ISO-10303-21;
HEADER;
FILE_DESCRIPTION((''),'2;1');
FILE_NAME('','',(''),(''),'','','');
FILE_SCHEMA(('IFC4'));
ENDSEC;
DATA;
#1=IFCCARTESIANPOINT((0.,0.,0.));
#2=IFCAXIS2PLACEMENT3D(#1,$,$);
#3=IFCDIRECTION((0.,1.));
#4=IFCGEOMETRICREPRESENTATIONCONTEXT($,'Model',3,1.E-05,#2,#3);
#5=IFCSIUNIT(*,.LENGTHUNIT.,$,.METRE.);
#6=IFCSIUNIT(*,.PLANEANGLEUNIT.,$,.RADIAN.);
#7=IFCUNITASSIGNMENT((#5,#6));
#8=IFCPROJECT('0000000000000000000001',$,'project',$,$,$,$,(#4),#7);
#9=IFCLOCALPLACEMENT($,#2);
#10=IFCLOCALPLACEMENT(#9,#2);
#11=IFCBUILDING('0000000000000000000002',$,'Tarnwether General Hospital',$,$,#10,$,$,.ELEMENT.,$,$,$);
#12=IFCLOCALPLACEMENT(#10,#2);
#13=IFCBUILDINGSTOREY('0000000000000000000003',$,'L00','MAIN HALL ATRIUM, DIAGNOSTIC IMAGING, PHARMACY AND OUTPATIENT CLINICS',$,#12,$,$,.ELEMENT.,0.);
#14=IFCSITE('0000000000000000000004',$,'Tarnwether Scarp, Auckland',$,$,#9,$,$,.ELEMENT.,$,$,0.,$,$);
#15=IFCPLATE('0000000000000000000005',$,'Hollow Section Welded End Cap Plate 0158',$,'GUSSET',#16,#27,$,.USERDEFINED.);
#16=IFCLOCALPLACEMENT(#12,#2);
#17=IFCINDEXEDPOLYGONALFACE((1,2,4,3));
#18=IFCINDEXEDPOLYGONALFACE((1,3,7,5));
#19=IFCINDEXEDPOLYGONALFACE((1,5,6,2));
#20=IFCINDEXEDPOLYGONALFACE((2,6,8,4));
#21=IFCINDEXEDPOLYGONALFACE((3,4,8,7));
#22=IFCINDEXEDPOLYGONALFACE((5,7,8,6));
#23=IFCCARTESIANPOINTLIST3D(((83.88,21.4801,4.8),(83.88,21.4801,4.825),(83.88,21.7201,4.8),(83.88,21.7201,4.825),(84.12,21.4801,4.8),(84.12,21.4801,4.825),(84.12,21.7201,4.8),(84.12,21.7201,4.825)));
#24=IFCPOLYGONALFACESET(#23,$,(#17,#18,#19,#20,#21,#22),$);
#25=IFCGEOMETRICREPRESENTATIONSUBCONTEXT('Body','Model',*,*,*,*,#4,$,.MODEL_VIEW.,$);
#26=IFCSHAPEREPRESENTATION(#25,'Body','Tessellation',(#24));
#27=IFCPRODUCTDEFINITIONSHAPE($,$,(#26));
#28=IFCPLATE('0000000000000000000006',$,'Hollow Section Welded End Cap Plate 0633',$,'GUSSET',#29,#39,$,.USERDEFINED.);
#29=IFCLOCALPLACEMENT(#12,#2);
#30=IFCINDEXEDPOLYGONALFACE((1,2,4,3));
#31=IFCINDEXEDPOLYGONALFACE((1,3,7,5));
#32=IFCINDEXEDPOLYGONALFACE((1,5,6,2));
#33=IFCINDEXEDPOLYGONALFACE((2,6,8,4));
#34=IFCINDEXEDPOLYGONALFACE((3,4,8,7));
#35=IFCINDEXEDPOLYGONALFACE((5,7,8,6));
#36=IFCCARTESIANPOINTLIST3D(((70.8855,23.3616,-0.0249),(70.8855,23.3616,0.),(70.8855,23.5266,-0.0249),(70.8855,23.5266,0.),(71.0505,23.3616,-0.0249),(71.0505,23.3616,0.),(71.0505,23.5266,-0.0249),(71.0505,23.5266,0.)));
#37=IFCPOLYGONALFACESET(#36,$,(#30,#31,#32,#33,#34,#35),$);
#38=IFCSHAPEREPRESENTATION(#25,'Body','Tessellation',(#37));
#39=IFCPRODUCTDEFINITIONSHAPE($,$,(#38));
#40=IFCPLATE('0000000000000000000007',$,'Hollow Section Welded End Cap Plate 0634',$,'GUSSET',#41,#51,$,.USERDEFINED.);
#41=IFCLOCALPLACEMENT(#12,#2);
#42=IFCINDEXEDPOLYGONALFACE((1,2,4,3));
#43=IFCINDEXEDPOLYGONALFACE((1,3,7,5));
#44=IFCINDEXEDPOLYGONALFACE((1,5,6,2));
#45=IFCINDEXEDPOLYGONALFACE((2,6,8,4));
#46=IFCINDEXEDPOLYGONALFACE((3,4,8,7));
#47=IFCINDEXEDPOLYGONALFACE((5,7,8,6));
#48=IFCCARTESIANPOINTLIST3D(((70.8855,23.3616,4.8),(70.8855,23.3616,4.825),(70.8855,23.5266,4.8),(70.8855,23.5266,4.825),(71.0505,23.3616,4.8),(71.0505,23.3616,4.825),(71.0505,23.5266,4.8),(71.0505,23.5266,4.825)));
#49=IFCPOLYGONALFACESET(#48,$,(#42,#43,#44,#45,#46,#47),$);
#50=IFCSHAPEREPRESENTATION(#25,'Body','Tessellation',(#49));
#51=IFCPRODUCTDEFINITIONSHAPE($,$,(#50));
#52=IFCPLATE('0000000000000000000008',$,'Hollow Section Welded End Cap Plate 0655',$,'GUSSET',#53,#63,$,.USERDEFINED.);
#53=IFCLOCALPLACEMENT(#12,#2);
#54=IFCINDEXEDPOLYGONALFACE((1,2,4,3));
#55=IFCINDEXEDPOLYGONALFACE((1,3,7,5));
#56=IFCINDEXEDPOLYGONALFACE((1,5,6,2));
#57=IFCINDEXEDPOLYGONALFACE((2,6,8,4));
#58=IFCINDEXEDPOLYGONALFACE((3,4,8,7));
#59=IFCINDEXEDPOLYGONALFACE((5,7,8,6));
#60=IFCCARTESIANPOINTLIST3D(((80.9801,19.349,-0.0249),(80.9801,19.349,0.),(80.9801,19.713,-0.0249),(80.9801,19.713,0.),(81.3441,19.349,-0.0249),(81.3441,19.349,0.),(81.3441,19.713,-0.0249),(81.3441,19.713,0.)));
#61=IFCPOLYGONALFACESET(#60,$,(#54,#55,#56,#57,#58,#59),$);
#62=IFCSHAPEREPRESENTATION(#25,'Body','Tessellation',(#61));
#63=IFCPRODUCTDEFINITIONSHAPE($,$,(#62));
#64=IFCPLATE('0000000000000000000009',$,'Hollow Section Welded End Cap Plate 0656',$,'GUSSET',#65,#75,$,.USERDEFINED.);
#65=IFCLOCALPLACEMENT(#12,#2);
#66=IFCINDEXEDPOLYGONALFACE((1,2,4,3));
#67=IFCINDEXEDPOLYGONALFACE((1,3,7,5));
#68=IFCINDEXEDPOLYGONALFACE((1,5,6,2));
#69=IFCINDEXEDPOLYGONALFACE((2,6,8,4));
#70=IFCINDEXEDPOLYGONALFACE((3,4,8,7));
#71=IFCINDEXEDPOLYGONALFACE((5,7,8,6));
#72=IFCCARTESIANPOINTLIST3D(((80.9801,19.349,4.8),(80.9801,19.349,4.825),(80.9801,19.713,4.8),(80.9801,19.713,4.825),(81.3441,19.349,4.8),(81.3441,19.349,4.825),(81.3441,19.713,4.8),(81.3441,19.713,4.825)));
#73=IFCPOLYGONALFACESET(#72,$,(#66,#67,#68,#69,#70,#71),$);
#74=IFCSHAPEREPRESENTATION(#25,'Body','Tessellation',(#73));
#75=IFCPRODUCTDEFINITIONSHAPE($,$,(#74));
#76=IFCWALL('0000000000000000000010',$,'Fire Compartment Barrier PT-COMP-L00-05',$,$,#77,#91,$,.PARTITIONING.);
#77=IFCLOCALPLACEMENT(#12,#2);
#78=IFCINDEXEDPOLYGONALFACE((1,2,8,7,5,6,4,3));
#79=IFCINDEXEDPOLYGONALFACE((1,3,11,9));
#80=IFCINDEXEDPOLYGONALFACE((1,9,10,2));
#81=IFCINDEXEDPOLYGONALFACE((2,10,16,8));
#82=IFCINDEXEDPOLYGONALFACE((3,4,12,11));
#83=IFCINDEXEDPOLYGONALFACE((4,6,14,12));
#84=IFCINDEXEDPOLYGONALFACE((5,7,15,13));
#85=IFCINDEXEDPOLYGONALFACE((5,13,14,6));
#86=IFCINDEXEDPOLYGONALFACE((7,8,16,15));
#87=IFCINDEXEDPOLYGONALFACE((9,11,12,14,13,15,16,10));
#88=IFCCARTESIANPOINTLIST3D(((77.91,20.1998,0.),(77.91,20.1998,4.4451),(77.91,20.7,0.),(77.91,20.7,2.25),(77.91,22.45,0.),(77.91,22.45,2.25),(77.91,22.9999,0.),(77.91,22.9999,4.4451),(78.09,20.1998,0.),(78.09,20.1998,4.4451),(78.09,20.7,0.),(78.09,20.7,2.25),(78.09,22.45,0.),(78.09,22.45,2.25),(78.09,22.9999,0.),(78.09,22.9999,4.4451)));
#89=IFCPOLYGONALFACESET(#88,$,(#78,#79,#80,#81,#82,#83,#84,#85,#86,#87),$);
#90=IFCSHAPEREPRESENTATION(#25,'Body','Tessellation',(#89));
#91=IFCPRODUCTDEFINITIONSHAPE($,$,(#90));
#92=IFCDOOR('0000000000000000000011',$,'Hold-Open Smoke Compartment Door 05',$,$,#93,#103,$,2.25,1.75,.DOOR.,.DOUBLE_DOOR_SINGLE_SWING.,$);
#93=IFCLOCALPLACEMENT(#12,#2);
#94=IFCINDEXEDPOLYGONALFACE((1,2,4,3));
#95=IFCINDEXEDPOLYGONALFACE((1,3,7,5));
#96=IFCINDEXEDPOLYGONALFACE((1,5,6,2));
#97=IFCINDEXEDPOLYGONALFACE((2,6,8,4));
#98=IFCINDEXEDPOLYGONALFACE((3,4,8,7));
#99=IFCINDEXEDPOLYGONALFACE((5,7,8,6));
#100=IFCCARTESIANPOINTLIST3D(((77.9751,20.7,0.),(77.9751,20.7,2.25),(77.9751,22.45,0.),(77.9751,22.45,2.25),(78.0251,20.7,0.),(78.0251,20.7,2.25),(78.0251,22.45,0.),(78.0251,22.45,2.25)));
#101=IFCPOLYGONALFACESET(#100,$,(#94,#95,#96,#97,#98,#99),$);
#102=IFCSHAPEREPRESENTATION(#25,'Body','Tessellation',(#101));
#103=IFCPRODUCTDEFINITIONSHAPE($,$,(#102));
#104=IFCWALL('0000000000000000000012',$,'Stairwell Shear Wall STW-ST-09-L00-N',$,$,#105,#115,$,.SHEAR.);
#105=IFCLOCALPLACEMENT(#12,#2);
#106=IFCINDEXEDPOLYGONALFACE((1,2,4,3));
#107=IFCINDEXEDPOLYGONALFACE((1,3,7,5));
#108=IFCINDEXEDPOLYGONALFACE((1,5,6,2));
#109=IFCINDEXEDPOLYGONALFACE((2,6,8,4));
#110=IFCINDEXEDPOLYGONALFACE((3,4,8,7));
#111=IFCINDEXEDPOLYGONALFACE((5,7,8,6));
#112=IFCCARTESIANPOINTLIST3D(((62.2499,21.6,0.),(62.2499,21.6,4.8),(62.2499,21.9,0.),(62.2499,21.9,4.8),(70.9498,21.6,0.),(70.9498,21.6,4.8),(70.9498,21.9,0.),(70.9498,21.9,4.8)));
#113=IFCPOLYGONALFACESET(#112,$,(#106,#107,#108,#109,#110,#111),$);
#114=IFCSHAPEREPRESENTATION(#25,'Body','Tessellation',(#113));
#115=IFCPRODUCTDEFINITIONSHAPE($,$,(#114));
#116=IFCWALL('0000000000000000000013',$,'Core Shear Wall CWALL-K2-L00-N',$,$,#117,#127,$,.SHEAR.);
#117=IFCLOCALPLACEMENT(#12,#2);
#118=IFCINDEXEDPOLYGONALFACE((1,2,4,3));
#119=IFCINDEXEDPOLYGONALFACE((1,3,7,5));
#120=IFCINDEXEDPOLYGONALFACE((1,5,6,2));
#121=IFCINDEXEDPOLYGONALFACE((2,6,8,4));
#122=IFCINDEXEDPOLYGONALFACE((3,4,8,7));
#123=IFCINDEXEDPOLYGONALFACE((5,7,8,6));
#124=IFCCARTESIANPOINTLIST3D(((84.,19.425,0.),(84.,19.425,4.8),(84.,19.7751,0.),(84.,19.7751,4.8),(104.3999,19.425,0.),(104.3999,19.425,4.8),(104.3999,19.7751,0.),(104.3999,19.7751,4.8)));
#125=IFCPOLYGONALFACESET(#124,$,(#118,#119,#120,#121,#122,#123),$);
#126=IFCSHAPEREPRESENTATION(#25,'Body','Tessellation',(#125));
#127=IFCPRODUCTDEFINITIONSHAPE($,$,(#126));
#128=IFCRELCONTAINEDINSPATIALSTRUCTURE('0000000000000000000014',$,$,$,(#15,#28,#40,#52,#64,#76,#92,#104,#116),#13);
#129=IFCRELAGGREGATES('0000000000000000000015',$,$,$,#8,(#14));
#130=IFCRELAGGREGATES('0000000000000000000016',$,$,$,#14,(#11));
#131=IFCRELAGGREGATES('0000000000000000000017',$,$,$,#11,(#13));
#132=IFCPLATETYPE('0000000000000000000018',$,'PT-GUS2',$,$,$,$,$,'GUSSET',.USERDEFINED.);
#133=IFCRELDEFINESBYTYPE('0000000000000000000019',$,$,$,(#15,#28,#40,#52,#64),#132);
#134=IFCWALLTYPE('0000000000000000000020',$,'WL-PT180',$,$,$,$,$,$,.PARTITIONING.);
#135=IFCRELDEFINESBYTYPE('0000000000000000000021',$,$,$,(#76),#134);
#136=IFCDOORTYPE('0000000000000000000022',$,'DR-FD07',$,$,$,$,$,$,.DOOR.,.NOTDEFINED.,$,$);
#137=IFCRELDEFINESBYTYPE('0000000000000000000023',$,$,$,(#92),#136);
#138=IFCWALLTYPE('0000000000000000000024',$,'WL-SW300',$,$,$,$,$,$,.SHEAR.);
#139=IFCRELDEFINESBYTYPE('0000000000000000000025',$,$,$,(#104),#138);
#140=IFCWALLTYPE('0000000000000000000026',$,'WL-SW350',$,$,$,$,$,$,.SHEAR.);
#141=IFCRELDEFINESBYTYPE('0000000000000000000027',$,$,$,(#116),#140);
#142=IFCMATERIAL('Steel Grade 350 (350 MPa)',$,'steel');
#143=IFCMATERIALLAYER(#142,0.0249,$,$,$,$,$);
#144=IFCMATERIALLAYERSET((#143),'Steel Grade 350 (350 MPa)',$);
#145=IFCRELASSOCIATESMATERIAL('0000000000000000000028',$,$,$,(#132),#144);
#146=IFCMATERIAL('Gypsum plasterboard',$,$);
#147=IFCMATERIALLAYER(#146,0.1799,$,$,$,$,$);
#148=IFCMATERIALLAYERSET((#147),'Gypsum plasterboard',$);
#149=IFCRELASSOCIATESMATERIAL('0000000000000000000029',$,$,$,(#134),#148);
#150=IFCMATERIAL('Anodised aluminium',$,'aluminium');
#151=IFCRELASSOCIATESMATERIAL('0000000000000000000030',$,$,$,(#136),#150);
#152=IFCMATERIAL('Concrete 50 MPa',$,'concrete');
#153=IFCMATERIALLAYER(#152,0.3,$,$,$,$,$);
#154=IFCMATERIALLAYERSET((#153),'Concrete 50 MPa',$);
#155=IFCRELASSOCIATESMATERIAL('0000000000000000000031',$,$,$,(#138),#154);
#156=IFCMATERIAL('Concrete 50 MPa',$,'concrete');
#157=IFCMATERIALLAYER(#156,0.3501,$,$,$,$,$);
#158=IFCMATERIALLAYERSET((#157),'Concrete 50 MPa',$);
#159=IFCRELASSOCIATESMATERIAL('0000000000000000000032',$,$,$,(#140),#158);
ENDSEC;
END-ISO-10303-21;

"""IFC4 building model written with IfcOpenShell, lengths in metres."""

from ifc_helpers import new_model, si_unit, direction, frame, frame_2d, origin, origin_2d, place, context, subcontext, project, spatial, rectangle, extrude, material, layer, layer_set, type_object, element, fill, save


model = new_model("IFC4")

# Units and contexts
model_context = context("Model", 3, precision=1e-05, world=origin(), true_north=direction((0.0, 1.0)))
body_context = subcontext(model_context, "Body", "Model", "MODEL_VIEW")
ifc_project = project(units=[si_unit("LENGTHUNIT", "METRE"), si_unit("PLANEANGLEUNIT", "RADIAN")], contexts=[model_context])

# Site, building, storey
site_placement = place(None, origin())
site = spatial("IfcSite", under=ifc_project, at=site_placement, Name="Tarnwether Scarp, Auckland", CompositionType="ELEMENT", RefElevation=0.0)
building_placement = place(site_placement, origin())
building = spatial("IfcBuilding", under=site, at=building_placement, Name="Tarnwether General Hospital", CompositionType="ELEMENT")
storey_placement = place(building_placement, origin())
storey = spatial("IfcBuildingStorey", under=building, at=storey_placement, Name="L00", Description="MAIN HALL ATRIUM, DIAGNOSTIC IMAGING, PHARMACY AND OUTPATIENT CLINICS", CompositionType="ELEMENT", Elevation=0.0)

# Plates
ifc_material_1 = material(Name="Steel Grade 350 (350 MPa)", Category="steel")
ifc_layer_1 = layer(ifc_material_1, 0.0249)
ifc_layer_set_1 = layer_set([ifc_layer_1], Name="Steel Grade 350 (350 MPa)")
plate_type = type_object("IfcPlateType", Name="PT-GUS2", ElementType="GUSSET", PredefinedType="USERDEFINED", material=ifc_layer_set_1)
for number, where, z_axis, x_axis, name in (
    (1, (84.0, 21.6001, 4.8), (0.0, 0.0, 1.0), (1.0, 0.0, 0.0), "Hollow Section Welded End Cap Plate 0158"),
):
    element("IfcPlate", number, at=place(storey_placement, frame(where, z_axis=z_axis, x_axis=x_axis)), inside=storey, type_object=plate_type, Name=name, ObjectType="GUSSET", PredefinedType="USERDEFINED", context=body_context, shape_type="SweptSolid", body=[
        extrude(rectangle(XDim=0.24, YDim=0.24, at=origin_2d()), origin(), (0.0, 0.0, 1.0), 0.0249),
    ])
for number, where, z_axis, x_axis, name in (
    (2, (70.968, 23.4441, -0.0249), (0.0, 0.0, 1.0), (1.0, 0.0, 0.0), "Hollow Section Welded End Cap Plate 0633"),
    (3, (70.968, 23.4441, 4.8), (0.0, 0.0, 1.0), (1.0, 0.0, 0.0), "Hollow Section Welded End Cap Plate 0634"),
):
    element("IfcPlate", number, at=place(storey_placement, frame(where, z_axis=z_axis, x_axis=x_axis)), inside=storey, type_object=plate_type, Name=name, ObjectType="GUSSET", PredefinedType="USERDEFINED", context=body_context, shape_type="SweptSolid", body=[
        extrude(rectangle(XDim=0.165, YDim=0.165, at=origin_2d()), origin(), (0.0, 0.0, 1.0), 0.0249),
    ])
for number, where, z_axis, x_axis, name in (
    (4, (81.1621, 19.531, -0.0249), (0.0, 0.0, 1.0), (1.0, 0.0, 0.0), "Hollow Section Welded End Cap Plate 0655"),
    (5, (81.1621, 19.531, 4.8), (0.0, 0.0, 1.0), (1.0, 0.0, 0.0), "Hollow Section Welded End Cap Plate 0656"),
):
    element("IfcPlate", number, at=place(storey_placement, frame(where, z_axis=z_axis, x_axis=x_axis)), inside=storey, type_object=plate_type, Name=name, ObjectType="GUSSET", PredefinedType="USERDEFINED", context=body_context, shape_type="SweptSolid", body=[
        extrude(rectangle(XDim=0.364, YDim=0.364, at=origin_2d()), origin(), (0.0, 0.0, 1.0), 0.0249),
    ])

# Wall, opening, door
ifc_material_2 = material(Name="Gypsum plasterboard")
ifc_layer_2 = layer(ifc_material_2, 0.1799)
ifc_layer_set_2 = layer_set([ifc_layer_2], Name="Gypsum plasterboard")
wall_type_1 = type_object("IfcWallType", Name="WL-PT180", PredefinedType="PARTITIONING", material=ifc_layer_set_2)
wall_1_placement = place(storey_placement, frame((78.0, 20.2, 0.0), z_axis=(0.0, 0.0, 1.0), x_axis=(0.0, 1.0, 0.0)))
wall_1 = element("IfcWall", 6, at=wall_1_placement, inside=storey, type_object=wall_type_1, Name="Fire Compartment Barrier PT-COMP-L00-05", PredefinedType="PARTITIONING", context=body_context, shape_type="SweptSolid", body=[
    extrude(rectangle(XDim=2.8, YDim=0.1799, at=frame_2d((1.3999, 0.0))), origin(), (0.0, 0.0, 1.0), 4.4451),
])
opening_placement = place(wall_1_placement, frame((0.5, 0.0, 0.0)))
opening = element("IfcOpeningElement", 7, at=opening_placement, cuts=wall_1, PredefinedType="OPENING", context=body_context, shape_type="SweptSolid", body=[
    extrude(rectangle(XDim=1.75, YDim=2.25, at=frame_2d((0.875, 1.125))), frame((0.0, 0.1001, 0.0), z_axis=(0.0, -1.0, 0.0), x_axis=(1.0, 0.0, 0.0)), (0.0, 0.0, 1.0), 0.2),
])
ifc_material_3 = material(Name="Anodised aluminium", Category="aluminium")
door_type = type_object("IfcDoorType", Name="DR-FD07", OperationType="NOTDEFINED", PredefinedType="DOOR", material=ifc_material_3)
door_placement = place(opening_placement, origin())
door = element("IfcDoor", 8, at=door_placement, inside=storey, type_object=door_type, Name="Hold-Open Smoke Compartment Door 05", OperationType="DOUBLE_DOOR_SINGLE_SWING", OverallHeight=2.25, OverallWidth=1.75, PredefinedType="DOOR", context=body_context, shape_type="SweptSolid", body=[
    extrude(rectangle(XDim=1.75, YDim=2.25, at=frame_2d((0.875, 1.125))), frame((0.0, 0.0249, 0.0), z_axis=(0.0, -1.0, 0.0), x_axis=(1.0, 0.0, 0.0)), (0.0, 0.0, 1.0), 0.05),
])
fill(opening, door)

# Walls
ifc_material_4 = material(Name="Concrete 50 MPa", Category="concrete")
ifc_layer_3 = layer(ifc_material_4, 0.3)
ifc_layer_set_3 = layer_set([ifc_layer_3], Name="Concrete 50 MPa")
wall_type_2 = type_object("IfcWallType", Name="WL-SW300", PredefinedType="SHEAR", material=ifc_layer_set_3)
wall_2_placement = place(storey_placement, frame((70.95, 21.75, 0.0), z_axis=(0.0, 0.0, 1.0), x_axis=(-1.0, 0.0, 0.0)))
element("IfcWall", 9, at=wall_2_placement, inside=storey, type_object=wall_type_2, Name="Stairwell Shear Wall STW-ST-09-L00-N", PredefinedType="SHEAR", context=body_context, shape_type="SweptSolid", body=[
    extrude(rectangle(XDim=8.7, YDim=0.3, at=frame_2d((4.3501, 0.0))), origin(), (0.0, 0.0, 1.0), 4.8),
])
ifc_material_5 = material(Name="Concrete 50 MPa", Category="concrete")
ifc_layer_4 = layer(ifc_material_5, 0.3501)
ifc_layer_set_4 = layer_set([ifc_layer_4], Name="Concrete 50 MPa")
wall_type_3 = type_object("IfcWallType", Name="WL-SW350", PredefinedType="SHEAR", material=ifc_layer_set_4)
wall_3_placement = place(storey_placement, frame((84.0, 19.6001, 0.0), z_axis=(0.0, 0.0, 1.0), x_axis=(1.0, 0.0, 0.0)))
element("IfcWall", 10, at=wall_3_placement, inside=storey, type_object=wall_type_3, Name="Core Shear Wall CWALL-K2-L00-N", PredefinedType="SHEAR", context=body_context, shape_type="SweptSolid", body=[
    extrude(rectangle(XDim=20.3999, YDim=0.3501, at=frame_2d((10.2, 0.0))), origin(), (0.0, 0.0, 1.0), 4.8),
])

save(model, "model.ifc")
